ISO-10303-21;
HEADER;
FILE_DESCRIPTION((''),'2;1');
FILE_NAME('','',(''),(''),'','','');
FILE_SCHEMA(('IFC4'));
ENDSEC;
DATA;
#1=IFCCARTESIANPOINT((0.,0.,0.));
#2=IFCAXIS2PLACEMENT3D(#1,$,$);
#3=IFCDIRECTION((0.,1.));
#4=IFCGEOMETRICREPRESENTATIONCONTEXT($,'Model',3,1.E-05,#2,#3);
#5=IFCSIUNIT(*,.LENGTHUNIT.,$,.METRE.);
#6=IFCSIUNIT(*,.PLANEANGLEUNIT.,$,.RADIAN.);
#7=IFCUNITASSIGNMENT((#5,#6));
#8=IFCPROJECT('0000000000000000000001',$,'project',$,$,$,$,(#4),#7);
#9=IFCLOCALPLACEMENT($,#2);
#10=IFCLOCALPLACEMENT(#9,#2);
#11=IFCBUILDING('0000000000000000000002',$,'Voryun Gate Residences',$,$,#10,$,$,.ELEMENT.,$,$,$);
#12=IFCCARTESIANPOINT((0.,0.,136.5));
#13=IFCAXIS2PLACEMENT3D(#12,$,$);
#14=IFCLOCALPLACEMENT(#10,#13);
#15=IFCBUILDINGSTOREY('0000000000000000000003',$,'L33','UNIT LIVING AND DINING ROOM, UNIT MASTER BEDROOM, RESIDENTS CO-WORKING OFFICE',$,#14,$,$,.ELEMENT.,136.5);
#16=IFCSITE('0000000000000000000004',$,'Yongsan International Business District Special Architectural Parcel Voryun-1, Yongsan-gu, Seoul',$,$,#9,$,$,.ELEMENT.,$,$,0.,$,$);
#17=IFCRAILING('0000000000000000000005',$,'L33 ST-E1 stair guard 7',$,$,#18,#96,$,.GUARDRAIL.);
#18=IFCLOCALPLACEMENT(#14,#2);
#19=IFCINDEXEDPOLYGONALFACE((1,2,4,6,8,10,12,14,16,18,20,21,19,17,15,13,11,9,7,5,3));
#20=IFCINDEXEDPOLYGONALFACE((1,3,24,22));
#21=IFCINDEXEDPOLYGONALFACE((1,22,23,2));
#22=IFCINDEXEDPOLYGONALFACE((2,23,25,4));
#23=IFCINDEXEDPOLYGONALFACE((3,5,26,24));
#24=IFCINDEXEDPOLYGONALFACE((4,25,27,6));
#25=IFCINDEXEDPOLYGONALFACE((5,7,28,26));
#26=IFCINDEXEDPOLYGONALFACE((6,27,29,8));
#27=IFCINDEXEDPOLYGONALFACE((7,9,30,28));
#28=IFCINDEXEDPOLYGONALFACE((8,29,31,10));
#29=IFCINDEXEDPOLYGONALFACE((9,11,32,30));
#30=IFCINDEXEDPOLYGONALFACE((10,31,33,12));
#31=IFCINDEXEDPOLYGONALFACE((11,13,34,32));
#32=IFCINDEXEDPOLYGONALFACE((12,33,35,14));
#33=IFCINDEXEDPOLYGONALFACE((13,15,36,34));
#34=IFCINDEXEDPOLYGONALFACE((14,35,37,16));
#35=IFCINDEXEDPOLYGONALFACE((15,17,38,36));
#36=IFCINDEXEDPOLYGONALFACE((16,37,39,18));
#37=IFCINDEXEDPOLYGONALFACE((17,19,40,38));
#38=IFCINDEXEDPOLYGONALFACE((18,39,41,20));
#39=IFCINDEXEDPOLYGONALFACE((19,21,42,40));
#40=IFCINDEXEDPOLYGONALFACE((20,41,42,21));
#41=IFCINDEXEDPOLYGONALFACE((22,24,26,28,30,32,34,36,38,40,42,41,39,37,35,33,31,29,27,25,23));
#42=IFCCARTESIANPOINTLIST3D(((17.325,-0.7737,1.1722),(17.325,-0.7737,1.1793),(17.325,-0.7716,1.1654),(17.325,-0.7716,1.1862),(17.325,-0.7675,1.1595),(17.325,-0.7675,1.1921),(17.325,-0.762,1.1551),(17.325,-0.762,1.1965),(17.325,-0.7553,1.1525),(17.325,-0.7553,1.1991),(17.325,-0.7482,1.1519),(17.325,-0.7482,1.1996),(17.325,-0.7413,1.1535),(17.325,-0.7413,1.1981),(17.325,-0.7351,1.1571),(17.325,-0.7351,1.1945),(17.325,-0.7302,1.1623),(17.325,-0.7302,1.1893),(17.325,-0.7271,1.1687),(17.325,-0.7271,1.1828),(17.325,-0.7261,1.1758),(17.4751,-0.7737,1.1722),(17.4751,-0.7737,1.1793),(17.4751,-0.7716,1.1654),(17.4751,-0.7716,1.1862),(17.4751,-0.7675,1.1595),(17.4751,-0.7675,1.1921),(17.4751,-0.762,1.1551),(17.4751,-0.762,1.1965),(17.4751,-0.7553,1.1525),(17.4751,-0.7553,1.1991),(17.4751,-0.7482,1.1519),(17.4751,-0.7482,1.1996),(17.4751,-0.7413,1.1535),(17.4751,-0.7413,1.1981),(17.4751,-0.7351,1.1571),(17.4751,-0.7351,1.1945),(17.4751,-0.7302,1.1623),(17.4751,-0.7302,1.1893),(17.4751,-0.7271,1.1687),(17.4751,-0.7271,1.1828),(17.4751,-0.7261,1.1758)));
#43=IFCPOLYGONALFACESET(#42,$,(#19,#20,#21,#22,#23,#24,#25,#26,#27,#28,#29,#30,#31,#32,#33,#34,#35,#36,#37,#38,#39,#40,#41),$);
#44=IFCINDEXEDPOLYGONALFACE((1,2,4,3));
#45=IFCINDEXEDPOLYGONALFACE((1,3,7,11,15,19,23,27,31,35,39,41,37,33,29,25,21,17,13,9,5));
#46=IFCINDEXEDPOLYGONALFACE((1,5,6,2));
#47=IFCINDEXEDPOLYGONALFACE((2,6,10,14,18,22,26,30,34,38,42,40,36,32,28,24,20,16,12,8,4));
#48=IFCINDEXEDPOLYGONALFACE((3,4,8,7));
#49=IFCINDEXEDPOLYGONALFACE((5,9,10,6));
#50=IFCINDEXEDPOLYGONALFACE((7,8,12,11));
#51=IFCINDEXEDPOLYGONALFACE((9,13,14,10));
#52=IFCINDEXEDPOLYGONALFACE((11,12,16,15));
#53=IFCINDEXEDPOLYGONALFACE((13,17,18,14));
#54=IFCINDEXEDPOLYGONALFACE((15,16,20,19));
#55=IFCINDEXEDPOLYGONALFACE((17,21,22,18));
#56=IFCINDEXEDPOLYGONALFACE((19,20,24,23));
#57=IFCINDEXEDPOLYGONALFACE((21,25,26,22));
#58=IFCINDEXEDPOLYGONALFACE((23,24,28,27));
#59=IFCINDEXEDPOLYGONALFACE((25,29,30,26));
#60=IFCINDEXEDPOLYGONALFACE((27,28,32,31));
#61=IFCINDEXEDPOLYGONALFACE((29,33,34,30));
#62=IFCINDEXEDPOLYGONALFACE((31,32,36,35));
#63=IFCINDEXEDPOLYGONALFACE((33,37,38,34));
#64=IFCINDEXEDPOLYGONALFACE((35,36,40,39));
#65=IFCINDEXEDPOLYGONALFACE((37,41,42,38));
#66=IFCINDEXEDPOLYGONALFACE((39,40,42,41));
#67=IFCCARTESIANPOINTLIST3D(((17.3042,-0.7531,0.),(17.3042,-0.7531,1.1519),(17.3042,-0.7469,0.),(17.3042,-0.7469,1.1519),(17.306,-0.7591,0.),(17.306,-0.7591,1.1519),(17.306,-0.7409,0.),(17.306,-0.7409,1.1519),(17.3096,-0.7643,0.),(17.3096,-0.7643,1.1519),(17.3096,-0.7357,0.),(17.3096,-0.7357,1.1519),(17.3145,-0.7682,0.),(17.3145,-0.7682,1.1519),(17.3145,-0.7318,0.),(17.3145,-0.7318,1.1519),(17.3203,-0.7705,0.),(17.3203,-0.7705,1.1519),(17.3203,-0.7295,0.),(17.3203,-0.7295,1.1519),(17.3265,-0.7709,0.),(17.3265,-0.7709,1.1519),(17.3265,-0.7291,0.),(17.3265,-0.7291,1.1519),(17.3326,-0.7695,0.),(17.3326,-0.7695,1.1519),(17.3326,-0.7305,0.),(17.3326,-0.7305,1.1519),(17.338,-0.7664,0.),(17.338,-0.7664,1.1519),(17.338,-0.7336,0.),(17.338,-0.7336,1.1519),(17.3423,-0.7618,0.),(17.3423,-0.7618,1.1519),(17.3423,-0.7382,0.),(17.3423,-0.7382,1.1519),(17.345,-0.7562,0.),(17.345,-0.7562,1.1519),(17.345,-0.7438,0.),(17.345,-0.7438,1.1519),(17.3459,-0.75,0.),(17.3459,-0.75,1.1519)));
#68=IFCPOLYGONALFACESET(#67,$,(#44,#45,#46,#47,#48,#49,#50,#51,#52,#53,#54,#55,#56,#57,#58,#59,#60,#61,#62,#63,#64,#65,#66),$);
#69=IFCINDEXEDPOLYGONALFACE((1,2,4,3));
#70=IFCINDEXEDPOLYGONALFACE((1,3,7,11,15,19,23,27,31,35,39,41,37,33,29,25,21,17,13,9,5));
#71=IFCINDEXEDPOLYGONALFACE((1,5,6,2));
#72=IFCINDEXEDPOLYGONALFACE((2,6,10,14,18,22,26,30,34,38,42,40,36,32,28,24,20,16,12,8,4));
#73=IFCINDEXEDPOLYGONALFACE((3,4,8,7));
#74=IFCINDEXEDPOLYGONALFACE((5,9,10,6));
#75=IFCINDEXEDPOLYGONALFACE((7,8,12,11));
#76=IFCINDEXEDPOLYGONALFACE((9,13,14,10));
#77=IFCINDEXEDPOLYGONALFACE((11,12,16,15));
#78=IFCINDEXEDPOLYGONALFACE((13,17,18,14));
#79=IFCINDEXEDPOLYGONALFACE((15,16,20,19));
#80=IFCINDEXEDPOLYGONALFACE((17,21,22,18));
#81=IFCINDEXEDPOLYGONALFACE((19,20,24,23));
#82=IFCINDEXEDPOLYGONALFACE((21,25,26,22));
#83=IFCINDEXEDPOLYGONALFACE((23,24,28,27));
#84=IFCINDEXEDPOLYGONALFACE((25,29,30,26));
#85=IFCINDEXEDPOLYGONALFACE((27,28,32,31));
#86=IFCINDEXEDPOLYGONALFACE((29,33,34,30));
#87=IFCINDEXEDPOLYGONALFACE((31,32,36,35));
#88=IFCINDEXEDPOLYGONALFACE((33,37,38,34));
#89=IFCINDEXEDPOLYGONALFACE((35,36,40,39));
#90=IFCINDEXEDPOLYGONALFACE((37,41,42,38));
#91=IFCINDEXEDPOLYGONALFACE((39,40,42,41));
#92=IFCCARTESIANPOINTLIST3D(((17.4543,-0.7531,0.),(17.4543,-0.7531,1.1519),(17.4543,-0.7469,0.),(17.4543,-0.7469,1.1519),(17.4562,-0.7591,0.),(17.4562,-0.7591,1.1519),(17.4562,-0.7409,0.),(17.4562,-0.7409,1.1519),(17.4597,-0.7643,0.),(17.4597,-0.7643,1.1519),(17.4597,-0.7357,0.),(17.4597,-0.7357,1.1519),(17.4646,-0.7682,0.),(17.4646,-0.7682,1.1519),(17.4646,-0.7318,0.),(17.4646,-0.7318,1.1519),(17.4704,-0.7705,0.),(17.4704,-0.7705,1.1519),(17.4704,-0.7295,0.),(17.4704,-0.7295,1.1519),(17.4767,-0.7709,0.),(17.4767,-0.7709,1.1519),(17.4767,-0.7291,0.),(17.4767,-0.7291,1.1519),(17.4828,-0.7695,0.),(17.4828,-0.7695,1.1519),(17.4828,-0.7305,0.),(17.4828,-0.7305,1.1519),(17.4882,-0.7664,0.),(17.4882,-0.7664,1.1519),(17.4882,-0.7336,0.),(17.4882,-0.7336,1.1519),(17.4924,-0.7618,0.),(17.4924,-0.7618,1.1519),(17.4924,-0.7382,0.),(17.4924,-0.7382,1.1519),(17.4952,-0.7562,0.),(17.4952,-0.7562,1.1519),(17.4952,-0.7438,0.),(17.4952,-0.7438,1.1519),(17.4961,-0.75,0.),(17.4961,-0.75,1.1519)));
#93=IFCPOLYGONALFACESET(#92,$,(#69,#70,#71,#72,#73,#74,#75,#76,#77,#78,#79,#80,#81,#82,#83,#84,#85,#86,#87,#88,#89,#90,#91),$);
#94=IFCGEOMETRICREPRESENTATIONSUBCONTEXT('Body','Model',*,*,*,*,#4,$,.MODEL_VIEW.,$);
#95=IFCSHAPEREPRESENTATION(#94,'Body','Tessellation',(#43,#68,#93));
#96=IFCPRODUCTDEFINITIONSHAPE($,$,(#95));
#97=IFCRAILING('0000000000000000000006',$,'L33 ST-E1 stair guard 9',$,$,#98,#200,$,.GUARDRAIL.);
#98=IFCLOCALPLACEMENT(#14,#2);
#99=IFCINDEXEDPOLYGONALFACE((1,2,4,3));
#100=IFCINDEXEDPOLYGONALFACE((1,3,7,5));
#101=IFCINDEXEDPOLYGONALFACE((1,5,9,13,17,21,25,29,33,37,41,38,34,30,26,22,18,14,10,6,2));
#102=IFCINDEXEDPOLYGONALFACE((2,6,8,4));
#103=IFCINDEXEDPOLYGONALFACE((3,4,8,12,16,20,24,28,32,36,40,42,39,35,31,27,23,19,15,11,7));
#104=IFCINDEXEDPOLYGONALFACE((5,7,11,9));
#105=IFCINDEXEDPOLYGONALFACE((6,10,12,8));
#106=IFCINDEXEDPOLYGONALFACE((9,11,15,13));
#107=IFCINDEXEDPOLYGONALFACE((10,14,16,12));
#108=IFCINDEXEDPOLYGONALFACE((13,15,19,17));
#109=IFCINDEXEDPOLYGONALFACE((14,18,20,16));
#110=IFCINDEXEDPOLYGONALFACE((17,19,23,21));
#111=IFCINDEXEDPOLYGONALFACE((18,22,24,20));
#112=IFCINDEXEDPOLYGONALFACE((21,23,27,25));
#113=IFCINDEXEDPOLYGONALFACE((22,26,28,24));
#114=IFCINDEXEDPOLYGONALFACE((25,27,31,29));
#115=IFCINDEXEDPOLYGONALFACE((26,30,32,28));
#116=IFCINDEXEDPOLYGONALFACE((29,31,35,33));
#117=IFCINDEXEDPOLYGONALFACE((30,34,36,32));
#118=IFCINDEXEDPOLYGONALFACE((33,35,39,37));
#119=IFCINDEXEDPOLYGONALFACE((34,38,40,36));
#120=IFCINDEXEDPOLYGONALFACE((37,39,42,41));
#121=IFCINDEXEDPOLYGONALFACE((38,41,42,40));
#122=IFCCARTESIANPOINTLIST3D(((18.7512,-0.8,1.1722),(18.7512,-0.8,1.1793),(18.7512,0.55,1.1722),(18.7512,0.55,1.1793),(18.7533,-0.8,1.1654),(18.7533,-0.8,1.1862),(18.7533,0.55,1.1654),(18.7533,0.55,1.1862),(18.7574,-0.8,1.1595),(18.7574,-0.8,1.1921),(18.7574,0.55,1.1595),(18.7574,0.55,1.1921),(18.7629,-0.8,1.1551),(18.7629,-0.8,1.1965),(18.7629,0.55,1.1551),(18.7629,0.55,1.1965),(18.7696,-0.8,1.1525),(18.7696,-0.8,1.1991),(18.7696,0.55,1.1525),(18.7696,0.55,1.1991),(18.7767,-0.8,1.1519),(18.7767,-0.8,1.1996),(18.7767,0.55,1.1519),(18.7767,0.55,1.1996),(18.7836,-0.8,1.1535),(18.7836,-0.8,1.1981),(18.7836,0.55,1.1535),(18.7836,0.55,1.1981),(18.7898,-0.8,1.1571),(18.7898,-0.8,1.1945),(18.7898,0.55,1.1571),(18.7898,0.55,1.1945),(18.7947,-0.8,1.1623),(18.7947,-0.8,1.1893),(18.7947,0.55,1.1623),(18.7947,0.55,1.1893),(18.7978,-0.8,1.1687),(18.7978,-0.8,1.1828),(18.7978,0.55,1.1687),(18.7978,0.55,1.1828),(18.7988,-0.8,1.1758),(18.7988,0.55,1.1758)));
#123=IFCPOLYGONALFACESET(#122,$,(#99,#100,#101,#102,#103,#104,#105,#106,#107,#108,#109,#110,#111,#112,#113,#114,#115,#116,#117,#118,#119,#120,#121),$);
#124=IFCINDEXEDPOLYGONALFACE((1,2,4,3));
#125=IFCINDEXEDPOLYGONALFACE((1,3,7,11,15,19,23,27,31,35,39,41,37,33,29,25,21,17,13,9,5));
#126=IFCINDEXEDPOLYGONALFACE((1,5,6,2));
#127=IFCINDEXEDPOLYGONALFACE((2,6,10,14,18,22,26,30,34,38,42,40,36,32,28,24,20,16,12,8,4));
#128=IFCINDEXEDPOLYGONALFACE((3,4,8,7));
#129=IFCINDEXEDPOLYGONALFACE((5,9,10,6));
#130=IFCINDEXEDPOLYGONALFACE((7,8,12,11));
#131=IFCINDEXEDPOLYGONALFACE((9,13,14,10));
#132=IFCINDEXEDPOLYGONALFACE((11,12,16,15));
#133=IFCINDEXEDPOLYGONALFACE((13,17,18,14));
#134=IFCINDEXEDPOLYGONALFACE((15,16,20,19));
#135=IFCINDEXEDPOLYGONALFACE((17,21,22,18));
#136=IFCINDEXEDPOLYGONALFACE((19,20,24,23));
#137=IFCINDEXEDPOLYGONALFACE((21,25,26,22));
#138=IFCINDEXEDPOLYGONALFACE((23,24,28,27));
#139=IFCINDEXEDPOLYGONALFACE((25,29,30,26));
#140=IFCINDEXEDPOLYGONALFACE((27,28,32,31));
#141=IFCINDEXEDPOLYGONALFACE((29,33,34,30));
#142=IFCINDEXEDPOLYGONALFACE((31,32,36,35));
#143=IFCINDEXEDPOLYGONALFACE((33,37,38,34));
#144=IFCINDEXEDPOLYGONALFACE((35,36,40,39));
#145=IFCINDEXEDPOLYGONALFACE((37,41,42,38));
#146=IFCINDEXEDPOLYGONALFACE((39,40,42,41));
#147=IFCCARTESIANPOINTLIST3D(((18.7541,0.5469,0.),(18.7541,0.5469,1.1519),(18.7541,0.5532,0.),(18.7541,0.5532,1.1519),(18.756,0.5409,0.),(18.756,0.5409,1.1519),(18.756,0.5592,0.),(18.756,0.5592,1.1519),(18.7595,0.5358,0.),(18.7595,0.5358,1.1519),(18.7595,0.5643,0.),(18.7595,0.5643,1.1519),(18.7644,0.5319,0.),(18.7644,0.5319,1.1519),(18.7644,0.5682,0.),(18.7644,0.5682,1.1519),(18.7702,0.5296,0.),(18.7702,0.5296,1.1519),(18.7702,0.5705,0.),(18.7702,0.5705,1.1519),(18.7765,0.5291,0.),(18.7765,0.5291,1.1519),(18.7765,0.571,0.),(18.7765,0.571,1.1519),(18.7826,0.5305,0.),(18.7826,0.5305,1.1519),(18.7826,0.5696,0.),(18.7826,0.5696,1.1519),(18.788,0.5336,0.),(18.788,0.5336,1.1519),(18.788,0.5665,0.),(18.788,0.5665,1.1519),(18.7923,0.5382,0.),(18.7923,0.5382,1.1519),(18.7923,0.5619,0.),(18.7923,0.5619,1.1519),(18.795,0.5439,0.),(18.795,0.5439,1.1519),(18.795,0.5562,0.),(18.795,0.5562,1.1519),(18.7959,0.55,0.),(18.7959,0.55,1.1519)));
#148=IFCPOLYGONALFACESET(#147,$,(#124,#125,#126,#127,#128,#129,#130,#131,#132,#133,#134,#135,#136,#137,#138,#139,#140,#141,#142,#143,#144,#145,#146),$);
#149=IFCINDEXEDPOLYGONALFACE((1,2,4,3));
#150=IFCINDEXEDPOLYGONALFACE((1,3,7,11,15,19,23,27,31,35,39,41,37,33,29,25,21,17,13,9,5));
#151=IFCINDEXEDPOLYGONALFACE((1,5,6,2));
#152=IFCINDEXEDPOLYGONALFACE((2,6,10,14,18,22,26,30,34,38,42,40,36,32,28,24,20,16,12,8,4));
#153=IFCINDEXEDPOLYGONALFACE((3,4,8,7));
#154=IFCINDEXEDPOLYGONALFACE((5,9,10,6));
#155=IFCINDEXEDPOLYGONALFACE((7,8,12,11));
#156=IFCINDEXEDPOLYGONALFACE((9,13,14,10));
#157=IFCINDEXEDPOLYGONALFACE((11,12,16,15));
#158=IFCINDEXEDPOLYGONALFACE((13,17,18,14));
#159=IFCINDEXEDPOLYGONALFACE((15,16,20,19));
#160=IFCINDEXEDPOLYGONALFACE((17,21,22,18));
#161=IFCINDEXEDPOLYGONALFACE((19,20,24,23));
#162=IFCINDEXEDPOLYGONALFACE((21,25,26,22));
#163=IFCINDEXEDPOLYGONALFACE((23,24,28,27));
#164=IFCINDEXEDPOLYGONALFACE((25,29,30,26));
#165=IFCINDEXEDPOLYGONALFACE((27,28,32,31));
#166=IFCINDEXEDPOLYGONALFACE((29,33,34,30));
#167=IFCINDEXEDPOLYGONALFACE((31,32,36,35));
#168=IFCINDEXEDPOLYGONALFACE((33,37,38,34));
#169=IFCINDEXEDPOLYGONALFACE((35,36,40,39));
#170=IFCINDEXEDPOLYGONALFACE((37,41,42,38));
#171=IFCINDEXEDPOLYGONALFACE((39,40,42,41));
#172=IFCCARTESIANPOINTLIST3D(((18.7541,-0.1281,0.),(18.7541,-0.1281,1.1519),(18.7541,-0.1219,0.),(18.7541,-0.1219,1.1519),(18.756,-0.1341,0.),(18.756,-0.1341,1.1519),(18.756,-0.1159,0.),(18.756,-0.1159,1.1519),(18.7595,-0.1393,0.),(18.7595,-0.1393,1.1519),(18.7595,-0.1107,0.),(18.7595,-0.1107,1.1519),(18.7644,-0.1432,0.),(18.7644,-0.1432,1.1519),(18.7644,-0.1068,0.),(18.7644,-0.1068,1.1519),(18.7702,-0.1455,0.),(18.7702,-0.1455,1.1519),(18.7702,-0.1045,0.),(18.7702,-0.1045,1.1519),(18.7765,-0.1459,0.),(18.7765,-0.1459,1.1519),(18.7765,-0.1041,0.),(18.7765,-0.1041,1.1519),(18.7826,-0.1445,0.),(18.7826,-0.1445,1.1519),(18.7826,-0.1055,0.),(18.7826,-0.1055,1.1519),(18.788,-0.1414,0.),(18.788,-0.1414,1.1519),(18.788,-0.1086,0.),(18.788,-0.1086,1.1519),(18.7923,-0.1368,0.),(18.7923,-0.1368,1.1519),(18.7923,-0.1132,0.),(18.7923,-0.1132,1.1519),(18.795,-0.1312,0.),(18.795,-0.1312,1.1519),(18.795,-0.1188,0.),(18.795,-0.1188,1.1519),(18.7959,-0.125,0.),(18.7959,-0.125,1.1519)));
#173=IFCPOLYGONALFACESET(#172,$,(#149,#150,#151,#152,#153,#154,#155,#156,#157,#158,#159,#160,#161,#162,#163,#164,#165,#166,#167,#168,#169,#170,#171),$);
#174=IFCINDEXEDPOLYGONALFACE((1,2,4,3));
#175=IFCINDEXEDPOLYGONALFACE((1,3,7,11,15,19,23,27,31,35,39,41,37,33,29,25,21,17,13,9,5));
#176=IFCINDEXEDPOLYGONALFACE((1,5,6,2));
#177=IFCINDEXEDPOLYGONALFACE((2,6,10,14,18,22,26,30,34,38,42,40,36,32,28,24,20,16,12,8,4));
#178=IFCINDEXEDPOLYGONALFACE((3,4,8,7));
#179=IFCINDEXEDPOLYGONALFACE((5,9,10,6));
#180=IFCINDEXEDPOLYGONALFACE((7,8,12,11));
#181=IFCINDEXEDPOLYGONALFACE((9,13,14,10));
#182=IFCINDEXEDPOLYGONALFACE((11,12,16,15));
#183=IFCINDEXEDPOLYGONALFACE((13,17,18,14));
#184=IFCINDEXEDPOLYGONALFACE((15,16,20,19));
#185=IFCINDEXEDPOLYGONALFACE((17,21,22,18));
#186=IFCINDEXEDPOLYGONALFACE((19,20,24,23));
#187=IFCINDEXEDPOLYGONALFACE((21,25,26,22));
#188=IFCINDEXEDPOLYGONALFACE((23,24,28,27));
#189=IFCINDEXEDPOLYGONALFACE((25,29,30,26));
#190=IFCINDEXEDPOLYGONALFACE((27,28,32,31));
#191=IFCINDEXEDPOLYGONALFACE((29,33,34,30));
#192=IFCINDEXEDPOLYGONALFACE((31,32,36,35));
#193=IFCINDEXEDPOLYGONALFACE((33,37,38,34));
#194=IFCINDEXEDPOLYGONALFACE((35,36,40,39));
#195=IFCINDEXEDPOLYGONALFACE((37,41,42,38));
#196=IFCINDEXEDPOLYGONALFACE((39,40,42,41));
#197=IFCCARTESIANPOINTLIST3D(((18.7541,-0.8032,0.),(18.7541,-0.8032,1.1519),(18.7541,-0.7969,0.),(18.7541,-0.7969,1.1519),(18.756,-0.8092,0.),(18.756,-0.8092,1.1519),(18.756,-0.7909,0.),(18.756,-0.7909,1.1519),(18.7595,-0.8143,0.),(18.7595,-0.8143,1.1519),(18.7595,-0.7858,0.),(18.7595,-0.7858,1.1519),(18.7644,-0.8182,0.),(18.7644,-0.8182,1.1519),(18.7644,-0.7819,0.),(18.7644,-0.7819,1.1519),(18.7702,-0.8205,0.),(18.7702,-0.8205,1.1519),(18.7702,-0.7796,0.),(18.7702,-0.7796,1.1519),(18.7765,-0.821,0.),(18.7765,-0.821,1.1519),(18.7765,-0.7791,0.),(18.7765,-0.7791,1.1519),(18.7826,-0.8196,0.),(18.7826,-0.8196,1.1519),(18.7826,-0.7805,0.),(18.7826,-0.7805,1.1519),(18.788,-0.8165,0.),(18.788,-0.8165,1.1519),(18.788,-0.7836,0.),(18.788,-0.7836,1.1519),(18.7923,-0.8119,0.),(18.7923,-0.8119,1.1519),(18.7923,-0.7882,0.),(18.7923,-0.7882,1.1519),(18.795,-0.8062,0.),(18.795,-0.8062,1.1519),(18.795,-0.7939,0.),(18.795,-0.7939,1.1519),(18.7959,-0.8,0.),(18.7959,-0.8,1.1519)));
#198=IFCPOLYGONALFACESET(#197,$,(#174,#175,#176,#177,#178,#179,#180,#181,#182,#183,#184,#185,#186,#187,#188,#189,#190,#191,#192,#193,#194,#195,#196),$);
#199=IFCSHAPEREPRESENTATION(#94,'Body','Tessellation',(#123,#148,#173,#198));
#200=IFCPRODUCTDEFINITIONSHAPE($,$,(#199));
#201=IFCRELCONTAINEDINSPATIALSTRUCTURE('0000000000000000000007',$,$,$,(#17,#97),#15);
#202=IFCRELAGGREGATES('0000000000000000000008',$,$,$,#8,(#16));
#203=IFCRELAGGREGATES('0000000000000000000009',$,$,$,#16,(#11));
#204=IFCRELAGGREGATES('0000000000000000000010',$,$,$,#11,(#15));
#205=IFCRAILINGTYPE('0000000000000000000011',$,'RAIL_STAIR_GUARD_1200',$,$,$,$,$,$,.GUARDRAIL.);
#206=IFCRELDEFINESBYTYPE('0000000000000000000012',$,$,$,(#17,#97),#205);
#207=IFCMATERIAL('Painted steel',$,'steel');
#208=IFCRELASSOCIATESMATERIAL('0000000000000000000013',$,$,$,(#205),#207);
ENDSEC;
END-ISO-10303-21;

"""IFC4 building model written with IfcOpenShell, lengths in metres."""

from ifc_helpers import new_model, si_unit, direction, frame, origin, origin_2d, place, context, subcontext, project, spatial, circle, extrude, material, type_object, element, save


model = new_model("IFC4")

# Units and contexts
model_context = context("Model", 3, precision=1e-05, world=origin(), true_north=direction((0.0, 1.0)))
body_context = subcontext(model_context, "Body", "Model", "MODEL_VIEW")
ifc_project = project(units=[si_unit("LENGTHUNIT", "METRE"), si_unit("PLANEANGLEUNIT", "RADIAN")], contexts=[model_context])

# Site, building, storey
site_placement = place(None, origin())
site = spatial("IfcSite", under=ifc_project, at=site_placement, Name="Yongsan International Business District Special Architectural Parcel Voryun-1, Yongsan-gu, Seoul", CompositionType="ELEMENT", RefElevation=0.0)
building_placement = place(site_placement, origin())
building = spatial("IfcBuilding", under=site, at=building_placement, Name="Voryun Gate Residences", CompositionType="ELEMENT")
storey_placement = place(building_placement, frame((0.0, 0.0, 136.5)))
storey = spatial("IfcBuildingStorey", under=building, at=storey_placement, Name="L33", Description="UNIT LIVING AND DINING ROOM, UNIT MASTER BEDROOM, RESIDENTS CO-WORKING OFFICE", CompositionType="ELEMENT", Elevation=136.5)

# Railings
ifc_material_1 = material(Name="Painted steel", Category="steel")
railing_type = type_object("IfcRailingType", Name="RAIL_STAIR_GUARD_1200", PredefinedType="GUARDRAIL", material=ifc_material_1)
railing_1_placement = place(storey_placement, frame((17.325, -0.75, 0.0)))
element("IfcRailing", 1, at=railing_1_placement, inside=storey, type_object=railing_type, Name="L33 ST-E1 stair guard 7", PredefinedType="GUARDRAIL", context=body_context, shape_type="SweptSolid", body=[
    extrude(circle(Radius=0.0239, at=origin_2d()), frame((0.0, 0.0, 1.1758), z_axis=(1.0, 0.0, 0.0), x_axis=(0.0, 1.0, 0.0)), (0.0, 0.0, 1.0), 0.1501),
    extrude(circle(Radius=0.021, at=origin_2d()), origin(), (0.0, 0.0, 1.0), 1.1519),
    extrude(circle(Radius=0.021, at=origin_2d()), frame((0.1501, 0.0, 0.0)), (0.0, 0.0, 1.0), 1.1519),
])
railing_2_placement = place(storey_placement, frame((18.7749, 0.55, 0.0)))
element("IfcRailing", 2, at=railing_2_placement, inside=storey, type_object=railing_type, Name="L33 ST-E1 stair guard 9", PredefinedType="GUARDRAIL", context=body_context, shape_type="SweptSolid", body=[
    extrude(circle(Radius=0.0239, at=origin_2d()), frame((0.0, 0.0, 1.1758), z_axis=(0.0, -1.0, 0.0), x_axis=(1.0, 0.0, 0.0)), (0.0, 0.0, 1.0), 1.3501),
    extrude(circle(Radius=0.021, at=origin_2d()), origin(), (0.0, 0.0, 1.0), 1.1519),
    extrude(circle(Radius=0.021, at=origin_2d()), frame((0.0, -0.675, 0.0)), (0.0, 0.0, 1.0), 1.1519),
    extrude(circle(Radius=0.021, at=origin_2d()), frame((0.0, -1.3501, 0.0)), (0.0, 0.0, 1.0), 1.1519),
])

save(model, "model.ifc")
